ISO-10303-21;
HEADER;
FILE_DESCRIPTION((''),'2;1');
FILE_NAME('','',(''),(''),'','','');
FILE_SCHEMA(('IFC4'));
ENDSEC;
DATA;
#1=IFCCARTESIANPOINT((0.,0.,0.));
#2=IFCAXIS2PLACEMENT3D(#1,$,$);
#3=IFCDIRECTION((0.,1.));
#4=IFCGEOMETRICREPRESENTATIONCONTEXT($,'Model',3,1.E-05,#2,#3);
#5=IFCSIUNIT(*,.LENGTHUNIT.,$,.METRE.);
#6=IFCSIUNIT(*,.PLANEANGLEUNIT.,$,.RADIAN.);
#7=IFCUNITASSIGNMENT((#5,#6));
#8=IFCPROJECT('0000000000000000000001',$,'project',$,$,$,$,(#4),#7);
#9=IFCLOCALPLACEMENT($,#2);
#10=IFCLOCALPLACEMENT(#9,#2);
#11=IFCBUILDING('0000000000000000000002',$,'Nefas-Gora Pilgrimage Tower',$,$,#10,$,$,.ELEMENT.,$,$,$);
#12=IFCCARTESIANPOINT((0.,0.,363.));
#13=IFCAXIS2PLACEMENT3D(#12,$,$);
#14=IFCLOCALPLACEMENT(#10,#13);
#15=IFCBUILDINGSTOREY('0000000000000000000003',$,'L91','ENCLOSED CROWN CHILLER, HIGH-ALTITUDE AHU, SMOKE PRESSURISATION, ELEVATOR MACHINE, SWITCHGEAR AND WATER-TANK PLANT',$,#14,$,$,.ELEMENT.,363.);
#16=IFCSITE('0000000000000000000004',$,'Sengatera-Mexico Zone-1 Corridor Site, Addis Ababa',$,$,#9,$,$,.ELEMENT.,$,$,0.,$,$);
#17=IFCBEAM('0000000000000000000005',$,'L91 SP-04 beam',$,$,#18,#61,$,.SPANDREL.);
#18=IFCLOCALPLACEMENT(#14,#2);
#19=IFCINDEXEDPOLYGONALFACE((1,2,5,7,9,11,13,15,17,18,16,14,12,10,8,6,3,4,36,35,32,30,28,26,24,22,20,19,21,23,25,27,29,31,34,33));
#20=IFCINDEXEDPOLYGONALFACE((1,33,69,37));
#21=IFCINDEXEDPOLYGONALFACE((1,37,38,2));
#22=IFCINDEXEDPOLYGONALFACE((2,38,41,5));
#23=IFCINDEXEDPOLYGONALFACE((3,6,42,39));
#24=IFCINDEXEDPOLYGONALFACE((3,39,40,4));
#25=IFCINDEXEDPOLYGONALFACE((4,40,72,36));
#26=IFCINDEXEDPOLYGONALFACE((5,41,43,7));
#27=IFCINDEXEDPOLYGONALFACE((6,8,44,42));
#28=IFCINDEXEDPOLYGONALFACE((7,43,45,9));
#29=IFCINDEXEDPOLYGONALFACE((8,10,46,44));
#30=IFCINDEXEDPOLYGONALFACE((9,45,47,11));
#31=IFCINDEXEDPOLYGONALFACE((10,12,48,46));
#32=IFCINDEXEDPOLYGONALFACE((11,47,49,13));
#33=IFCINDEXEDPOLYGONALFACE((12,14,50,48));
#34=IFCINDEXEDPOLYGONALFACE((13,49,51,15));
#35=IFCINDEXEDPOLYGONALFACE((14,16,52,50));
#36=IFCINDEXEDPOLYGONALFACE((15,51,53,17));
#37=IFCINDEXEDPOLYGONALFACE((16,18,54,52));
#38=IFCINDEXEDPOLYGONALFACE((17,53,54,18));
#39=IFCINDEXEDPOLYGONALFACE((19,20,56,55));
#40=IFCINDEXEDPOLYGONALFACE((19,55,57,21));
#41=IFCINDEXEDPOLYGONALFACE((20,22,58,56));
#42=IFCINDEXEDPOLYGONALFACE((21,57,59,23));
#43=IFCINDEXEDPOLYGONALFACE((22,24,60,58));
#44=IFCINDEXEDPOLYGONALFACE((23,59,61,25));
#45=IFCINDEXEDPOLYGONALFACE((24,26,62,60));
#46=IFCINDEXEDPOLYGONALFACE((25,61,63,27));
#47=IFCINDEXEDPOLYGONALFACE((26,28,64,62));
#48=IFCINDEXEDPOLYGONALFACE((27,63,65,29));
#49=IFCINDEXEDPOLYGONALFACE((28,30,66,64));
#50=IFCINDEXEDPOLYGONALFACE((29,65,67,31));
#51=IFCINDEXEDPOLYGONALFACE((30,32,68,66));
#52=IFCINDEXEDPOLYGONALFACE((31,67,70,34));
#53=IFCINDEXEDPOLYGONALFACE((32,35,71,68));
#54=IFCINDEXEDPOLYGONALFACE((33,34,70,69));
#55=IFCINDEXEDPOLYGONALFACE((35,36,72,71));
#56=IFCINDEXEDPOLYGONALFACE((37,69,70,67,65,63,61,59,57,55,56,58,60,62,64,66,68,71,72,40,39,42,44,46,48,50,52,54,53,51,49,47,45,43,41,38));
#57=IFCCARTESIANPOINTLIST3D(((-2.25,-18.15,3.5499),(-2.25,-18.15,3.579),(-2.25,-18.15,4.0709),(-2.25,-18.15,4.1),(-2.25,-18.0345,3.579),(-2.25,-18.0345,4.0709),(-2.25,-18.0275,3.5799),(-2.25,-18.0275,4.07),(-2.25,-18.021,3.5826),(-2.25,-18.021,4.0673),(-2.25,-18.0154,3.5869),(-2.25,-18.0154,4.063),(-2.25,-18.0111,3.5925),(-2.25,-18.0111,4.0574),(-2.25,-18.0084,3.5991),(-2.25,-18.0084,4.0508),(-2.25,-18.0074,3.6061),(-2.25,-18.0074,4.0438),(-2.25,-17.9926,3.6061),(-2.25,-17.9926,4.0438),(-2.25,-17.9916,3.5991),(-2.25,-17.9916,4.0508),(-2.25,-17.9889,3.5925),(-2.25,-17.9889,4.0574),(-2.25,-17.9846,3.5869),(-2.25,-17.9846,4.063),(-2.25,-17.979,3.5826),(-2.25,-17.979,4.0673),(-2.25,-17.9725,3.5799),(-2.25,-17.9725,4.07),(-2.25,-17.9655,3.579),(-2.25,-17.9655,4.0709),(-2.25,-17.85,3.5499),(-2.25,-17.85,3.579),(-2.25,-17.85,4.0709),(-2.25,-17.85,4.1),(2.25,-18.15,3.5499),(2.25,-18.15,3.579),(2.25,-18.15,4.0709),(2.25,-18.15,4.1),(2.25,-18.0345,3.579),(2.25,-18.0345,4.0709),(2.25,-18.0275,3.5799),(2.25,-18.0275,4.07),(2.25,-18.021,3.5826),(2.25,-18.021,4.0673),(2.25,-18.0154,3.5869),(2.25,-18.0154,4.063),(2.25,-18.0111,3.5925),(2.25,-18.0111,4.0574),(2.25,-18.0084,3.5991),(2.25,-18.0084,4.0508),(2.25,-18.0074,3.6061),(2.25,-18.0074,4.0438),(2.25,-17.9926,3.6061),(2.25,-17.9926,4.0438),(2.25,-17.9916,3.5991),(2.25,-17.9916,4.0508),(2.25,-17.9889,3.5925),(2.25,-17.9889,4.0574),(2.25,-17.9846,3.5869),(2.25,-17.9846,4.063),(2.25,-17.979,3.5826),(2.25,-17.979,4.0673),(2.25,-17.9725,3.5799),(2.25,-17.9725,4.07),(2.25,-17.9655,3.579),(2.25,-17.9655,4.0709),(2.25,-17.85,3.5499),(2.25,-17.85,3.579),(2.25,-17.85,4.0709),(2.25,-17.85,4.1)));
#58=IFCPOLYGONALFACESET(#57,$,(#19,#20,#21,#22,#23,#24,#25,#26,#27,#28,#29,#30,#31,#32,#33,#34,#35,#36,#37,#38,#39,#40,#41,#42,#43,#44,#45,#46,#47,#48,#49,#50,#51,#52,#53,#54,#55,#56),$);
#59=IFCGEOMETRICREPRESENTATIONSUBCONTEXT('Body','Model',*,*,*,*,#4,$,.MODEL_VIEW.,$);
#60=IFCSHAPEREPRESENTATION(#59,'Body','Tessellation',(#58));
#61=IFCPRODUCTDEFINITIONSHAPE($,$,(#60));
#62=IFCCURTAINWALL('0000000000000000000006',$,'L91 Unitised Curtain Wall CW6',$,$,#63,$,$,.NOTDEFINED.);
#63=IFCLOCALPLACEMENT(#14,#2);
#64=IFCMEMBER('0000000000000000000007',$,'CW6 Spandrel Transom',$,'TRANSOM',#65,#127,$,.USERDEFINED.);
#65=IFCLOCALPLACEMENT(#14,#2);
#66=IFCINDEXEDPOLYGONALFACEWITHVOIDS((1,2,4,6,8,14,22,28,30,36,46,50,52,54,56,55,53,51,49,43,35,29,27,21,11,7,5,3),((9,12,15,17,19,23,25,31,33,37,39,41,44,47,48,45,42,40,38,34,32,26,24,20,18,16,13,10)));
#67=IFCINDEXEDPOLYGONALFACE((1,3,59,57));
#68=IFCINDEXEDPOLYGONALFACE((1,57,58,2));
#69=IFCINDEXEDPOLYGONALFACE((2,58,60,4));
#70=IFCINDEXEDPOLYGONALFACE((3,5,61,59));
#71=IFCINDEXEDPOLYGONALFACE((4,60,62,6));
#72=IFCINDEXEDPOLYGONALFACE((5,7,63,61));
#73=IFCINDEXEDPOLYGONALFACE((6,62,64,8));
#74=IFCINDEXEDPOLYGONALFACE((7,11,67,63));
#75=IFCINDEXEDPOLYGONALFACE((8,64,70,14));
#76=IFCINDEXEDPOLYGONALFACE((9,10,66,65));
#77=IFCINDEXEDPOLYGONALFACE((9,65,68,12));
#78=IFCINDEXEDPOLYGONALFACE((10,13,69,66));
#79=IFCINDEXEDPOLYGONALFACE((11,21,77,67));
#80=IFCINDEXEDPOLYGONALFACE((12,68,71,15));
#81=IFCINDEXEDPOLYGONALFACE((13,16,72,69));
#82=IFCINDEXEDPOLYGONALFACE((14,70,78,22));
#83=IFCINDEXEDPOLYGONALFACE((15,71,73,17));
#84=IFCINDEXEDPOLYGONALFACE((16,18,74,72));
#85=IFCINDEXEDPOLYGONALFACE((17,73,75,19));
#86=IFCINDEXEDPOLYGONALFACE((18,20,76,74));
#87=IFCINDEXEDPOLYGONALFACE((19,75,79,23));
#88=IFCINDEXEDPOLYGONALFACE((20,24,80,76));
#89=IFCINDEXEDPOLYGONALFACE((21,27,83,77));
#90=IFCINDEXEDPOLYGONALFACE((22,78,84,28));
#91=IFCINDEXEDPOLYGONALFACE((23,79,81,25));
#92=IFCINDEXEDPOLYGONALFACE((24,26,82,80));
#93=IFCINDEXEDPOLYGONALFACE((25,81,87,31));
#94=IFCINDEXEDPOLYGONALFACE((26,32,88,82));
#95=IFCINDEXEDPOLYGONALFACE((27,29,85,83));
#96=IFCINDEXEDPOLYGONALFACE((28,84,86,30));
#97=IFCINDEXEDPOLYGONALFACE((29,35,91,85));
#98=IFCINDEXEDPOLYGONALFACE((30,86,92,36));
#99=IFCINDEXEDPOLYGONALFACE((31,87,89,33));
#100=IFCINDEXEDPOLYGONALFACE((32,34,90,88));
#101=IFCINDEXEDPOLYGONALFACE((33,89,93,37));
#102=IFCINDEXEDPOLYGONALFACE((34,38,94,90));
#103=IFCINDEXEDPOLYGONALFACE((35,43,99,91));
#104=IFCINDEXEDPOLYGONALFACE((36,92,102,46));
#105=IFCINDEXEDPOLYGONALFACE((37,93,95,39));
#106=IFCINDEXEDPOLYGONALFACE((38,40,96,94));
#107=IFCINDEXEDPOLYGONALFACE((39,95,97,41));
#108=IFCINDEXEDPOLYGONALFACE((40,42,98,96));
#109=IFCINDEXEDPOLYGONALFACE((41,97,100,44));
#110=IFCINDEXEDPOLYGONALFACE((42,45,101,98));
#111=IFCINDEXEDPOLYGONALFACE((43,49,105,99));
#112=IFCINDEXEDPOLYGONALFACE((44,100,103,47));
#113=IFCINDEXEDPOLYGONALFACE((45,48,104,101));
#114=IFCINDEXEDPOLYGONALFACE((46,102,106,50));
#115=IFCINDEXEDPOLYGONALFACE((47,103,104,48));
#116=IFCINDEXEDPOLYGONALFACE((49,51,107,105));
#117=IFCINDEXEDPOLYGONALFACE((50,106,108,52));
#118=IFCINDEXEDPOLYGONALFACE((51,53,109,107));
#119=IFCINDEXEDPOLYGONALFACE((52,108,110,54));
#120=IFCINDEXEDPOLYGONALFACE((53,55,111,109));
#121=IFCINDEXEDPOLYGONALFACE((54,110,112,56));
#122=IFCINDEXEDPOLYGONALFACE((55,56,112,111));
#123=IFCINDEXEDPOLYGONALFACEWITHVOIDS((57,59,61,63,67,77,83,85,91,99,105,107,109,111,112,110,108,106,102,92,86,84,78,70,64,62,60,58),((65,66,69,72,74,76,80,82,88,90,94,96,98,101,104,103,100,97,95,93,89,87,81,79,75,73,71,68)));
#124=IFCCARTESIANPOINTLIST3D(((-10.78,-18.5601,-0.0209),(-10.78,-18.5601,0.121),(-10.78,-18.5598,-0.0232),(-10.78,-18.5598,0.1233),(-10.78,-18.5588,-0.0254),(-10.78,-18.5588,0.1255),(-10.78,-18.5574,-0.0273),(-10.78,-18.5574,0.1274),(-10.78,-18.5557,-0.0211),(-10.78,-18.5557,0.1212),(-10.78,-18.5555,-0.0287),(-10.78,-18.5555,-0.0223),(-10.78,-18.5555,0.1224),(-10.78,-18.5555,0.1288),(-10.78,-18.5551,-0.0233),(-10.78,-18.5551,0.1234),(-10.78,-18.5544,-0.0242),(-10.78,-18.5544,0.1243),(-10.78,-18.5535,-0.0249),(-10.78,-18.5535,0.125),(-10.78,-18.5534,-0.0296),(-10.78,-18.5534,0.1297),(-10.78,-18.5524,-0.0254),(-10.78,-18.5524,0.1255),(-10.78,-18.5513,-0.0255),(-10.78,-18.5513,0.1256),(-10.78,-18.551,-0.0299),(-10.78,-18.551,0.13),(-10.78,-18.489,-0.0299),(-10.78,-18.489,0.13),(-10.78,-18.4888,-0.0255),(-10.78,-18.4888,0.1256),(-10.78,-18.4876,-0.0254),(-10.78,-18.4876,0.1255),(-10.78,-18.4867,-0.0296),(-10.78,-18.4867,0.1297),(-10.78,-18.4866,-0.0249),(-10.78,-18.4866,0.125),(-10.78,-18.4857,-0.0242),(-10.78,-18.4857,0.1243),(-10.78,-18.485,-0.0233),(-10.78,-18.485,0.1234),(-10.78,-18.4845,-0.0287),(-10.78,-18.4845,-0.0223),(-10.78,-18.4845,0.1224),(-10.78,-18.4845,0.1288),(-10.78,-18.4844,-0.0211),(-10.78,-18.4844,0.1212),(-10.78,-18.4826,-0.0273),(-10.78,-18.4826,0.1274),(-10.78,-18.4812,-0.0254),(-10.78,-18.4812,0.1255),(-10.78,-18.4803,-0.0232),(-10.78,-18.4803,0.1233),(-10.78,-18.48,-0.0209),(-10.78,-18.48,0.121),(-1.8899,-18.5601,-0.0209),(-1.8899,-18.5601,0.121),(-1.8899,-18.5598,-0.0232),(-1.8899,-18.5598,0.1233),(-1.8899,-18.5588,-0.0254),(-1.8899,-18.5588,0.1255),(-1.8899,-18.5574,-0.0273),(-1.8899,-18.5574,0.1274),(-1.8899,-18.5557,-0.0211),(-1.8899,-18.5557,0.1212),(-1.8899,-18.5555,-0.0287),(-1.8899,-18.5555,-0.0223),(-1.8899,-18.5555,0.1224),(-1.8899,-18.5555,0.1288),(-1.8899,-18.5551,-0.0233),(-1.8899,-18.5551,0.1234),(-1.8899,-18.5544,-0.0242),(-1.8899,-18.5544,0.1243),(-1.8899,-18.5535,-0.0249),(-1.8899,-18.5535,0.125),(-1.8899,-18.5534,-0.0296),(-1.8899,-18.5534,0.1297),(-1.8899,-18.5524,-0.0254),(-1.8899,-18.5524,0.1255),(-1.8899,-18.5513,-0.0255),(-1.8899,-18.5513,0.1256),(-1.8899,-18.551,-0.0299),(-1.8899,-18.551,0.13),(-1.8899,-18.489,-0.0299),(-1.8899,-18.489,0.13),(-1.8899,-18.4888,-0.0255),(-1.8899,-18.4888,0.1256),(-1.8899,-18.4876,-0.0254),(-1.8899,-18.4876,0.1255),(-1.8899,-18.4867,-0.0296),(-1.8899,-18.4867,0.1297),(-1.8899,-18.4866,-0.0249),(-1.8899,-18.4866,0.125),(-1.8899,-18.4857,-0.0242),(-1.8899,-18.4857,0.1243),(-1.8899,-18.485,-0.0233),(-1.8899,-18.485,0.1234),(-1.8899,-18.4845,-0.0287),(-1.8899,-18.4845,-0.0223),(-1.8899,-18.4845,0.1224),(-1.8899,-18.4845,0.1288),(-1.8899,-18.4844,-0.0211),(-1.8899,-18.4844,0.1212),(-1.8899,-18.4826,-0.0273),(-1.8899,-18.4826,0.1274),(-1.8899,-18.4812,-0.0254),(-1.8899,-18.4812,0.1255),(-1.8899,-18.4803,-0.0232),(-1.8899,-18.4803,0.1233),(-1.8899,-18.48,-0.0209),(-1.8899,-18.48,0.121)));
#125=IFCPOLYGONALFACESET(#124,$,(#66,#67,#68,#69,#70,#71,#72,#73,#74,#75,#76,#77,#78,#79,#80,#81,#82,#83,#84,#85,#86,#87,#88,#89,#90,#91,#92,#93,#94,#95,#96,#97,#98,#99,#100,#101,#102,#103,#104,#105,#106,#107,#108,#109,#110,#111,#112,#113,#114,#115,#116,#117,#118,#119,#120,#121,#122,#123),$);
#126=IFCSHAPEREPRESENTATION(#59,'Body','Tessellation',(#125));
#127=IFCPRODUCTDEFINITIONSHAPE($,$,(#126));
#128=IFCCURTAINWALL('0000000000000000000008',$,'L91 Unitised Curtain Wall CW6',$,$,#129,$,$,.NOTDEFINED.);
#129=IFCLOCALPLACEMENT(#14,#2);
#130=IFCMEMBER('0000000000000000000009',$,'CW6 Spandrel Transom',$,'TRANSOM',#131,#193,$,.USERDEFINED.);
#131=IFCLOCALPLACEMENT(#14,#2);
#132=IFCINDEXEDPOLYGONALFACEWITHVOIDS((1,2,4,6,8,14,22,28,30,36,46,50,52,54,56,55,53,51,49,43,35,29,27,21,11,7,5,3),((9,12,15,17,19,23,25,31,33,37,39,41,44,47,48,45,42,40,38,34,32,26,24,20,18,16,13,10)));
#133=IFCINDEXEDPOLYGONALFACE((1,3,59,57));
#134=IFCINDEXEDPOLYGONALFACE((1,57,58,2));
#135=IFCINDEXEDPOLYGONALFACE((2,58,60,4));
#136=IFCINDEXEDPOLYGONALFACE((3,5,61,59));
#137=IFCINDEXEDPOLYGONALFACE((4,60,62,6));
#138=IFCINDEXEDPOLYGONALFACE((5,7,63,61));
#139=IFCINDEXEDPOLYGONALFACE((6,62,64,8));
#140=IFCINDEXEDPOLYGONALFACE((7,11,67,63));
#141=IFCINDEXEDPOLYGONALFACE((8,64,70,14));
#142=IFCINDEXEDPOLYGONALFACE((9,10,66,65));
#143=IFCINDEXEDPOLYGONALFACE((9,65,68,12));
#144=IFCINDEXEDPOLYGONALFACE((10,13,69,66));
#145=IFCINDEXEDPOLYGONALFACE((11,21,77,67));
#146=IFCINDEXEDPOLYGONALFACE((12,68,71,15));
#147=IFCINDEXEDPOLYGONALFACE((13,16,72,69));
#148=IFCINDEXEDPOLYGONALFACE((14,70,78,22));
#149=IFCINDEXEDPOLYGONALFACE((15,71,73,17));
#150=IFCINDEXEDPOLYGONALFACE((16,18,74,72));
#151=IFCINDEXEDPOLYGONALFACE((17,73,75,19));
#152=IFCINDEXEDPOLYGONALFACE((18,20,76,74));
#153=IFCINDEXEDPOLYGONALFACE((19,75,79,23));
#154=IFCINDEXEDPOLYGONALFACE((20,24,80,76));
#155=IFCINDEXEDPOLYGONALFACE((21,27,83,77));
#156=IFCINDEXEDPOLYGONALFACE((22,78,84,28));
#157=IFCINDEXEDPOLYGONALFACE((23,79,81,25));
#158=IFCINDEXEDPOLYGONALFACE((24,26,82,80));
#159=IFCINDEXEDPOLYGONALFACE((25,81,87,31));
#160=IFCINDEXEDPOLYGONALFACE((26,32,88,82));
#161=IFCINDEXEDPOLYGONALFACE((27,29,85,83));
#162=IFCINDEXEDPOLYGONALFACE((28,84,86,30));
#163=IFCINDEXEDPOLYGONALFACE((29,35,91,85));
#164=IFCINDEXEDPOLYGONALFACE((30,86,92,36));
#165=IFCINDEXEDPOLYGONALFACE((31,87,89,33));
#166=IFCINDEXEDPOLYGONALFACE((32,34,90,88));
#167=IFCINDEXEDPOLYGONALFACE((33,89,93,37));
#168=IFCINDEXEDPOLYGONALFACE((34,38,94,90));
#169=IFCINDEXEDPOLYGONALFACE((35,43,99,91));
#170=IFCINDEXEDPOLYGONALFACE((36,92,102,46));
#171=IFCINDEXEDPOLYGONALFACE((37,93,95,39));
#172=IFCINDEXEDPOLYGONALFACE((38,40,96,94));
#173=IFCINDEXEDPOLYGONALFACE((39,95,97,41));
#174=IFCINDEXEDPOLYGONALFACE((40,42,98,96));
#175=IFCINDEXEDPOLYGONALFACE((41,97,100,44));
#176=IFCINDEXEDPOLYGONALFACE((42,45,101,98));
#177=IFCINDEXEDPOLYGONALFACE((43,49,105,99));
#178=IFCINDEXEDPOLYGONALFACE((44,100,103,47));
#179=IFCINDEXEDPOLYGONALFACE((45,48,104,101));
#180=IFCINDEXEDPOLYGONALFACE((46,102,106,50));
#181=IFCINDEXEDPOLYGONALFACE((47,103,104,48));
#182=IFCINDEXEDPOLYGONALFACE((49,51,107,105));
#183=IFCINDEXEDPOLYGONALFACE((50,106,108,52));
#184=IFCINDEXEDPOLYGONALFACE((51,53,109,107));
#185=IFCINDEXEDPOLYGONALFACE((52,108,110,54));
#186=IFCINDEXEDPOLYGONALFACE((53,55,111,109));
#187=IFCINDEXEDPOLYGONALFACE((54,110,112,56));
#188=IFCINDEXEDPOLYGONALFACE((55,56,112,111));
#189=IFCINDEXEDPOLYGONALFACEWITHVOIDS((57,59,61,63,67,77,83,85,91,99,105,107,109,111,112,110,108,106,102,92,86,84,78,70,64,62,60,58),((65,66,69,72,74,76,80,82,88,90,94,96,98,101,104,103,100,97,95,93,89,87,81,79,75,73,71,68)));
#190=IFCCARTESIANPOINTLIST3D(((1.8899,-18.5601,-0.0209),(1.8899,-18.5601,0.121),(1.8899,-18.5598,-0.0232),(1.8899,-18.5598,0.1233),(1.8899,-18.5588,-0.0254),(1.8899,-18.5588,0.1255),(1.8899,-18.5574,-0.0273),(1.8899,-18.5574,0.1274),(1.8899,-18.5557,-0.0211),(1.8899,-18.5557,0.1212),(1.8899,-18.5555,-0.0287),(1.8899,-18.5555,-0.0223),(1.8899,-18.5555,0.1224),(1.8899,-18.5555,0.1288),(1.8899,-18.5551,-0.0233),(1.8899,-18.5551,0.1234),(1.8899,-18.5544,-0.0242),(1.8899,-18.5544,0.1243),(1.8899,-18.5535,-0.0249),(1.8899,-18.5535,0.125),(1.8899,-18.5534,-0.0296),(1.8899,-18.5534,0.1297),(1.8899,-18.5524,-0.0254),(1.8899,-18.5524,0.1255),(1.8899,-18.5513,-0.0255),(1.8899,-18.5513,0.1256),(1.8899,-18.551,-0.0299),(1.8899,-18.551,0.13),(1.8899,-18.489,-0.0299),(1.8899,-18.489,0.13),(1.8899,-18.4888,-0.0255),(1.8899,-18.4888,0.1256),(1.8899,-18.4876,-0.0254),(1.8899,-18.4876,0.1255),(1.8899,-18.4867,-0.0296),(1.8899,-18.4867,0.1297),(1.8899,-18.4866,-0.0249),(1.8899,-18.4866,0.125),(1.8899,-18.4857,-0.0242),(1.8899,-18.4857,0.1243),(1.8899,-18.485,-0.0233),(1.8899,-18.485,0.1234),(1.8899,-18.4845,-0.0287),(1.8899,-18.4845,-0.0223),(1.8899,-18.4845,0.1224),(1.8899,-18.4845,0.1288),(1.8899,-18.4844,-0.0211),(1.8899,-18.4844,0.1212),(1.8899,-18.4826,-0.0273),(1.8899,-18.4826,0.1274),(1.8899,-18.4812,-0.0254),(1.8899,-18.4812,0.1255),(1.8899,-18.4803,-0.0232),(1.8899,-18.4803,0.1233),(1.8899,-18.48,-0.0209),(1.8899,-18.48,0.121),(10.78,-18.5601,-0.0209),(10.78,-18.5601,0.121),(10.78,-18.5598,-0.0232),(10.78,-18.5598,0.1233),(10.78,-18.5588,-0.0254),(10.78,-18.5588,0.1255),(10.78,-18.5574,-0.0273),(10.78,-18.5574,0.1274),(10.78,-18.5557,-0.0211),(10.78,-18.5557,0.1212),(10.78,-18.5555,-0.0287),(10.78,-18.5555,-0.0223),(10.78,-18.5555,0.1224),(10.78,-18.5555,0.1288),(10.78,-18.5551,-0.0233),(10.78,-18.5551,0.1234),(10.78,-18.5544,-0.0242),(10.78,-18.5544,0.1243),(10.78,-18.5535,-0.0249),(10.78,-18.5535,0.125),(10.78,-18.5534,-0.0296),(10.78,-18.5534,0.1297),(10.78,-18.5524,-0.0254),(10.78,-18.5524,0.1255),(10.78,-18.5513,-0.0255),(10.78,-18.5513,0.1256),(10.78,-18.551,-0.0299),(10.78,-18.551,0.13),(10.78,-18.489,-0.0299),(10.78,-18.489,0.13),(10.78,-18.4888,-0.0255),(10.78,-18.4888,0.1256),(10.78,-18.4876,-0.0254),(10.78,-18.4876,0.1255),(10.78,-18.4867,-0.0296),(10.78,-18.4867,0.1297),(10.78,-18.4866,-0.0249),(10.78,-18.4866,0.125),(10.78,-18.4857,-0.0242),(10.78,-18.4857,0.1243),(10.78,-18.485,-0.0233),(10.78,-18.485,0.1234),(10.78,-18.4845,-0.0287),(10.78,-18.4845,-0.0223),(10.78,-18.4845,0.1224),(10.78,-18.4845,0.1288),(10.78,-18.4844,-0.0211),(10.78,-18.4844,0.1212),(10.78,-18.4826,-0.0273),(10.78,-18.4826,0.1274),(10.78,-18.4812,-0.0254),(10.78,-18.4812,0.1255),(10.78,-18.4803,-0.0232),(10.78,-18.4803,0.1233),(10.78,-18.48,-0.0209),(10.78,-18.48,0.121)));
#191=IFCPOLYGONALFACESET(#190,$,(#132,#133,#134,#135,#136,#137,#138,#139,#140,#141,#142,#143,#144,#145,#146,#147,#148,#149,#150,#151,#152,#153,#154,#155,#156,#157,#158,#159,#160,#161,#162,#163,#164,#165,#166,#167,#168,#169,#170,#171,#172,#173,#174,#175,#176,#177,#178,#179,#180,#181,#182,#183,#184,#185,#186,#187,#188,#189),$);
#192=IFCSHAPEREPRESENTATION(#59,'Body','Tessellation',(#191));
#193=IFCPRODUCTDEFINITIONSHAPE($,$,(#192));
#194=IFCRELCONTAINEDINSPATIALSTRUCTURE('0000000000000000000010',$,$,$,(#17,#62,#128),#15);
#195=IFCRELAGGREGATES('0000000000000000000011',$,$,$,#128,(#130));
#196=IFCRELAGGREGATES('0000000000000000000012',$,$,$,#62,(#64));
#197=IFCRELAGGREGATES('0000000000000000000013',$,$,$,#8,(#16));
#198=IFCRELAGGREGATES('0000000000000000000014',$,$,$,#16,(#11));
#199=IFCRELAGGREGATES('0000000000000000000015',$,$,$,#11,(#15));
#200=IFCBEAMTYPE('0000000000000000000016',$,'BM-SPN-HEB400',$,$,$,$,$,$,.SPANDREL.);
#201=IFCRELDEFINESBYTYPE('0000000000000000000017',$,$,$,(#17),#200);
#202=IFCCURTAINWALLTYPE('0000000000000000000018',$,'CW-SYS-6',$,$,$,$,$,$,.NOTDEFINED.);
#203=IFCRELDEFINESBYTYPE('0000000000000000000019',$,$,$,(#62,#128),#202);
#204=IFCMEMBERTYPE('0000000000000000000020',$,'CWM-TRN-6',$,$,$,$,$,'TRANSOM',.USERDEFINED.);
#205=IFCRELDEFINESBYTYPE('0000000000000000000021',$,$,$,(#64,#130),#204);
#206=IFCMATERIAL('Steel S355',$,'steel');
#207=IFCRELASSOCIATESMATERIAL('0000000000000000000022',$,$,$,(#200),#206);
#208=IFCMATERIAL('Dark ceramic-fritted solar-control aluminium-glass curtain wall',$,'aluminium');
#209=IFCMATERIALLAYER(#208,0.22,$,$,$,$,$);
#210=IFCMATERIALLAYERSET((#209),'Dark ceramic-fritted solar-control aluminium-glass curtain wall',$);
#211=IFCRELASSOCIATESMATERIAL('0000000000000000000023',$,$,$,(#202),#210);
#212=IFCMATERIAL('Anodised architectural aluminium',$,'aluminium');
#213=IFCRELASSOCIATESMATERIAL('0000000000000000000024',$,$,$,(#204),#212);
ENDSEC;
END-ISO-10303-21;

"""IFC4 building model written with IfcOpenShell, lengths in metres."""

from ifc_helpers import new_model, si_unit, direction, frame, origin, origin_2d, place, context, subcontext, project, spatial, hollow_rectangle, i_section, extrude, source, transform, mapped, material, layer, layer_set, material_profile, profile_set, type_object, element, aggregate, save


model = new_model("IFC4")

# Units and contexts
model_context = context("Model", 3, precision=1e-05, world=origin(), true_north=direction((0.0, 1.0)))
body_context = subcontext(model_context, "Body", "Model", "MODEL_VIEW")
ifc_project = project(units=[si_unit("LENGTHUNIT", "METRE"), si_unit("PLANEANGLEUNIT", "RADIAN")], contexts=[model_context])

# Site, building, storey
site_placement = place(None, origin())
site = spatial("IfcSite", under=ifc_project, at=site_placement, Name="Sengatera-Mexico Zone-1 Corridor Site, Addis Ababa", CompositionType="ELEMENT", RefElevation=0.0)
building_placement = place(site_placement, origin())
building = spatial("IfcBuilding", under=site, at=building_placement, Name="Nefas-Gora Pilgrimage Tower", CompositionType="ELEMENT")
storey_placement = place(building_placement, frame((0.0, 0.0, 363.0)))
storey = spatial("IfcBuildingStorey", under=building, at=storey_placement, Name="L91", Description="ENCLOSED CROWN CHILLER, HIGH-ALTITUDE AHU, SMOKE PRESSURISATION, ELEVATOR MACHINE, SWITCHGEAR AND WATER-TANK PLANT", CompositionType="ELEMENT", Elevation=363.0)

# Shared definitions
ifc_material_1 = material(Name="Steel S355", Category="steel")

# Beam
ifc_material_profile_1 = material_profile(ifc_material_1, i_section(OverallWidth=0.3, OverallDepth=0.55, WebThickness=0.0149, FlangeThickness=0.0291, FilletRadius=0.0271, at=origin_2d()), Name="HEB 550")
ifc_profile_set_1 = profile_set([ifc_material_profile_1], Name="Steel S355")
beam_type = type_object("IfcBeamType", Name="BM-SPN-HEB400", PredefinedType="SPANDREL", material=ifc_profile_set_1)
shared_shape_1 = source(origin(), body_context, "Body", "SweptSolid", [
    extrude(i_section(OverallWidth=0.3, OverallDepth=0.55, WebThickness=0.0149, FlangeThickness=0.0291, FilletRadius=0.0271, at=origin_2d()), origin(), (0.0, 0.0, 1.0), 4.5),
])
for number, where, z_axis, x_axis, name in (
    (1, (-2.25, -18.0, 3.825), (1.0, 0.0, 0.0), (0.0, 1.0, 0.0), "L91 SP-04 beam"),
):
    element("IfcBeam", number, at=place(storey_placement, frame(where, z_axis=z_axis, x_axis=x_axis)), inside=storey, type_object=beam_type, Name=name, PredefinedType="SPANDREL", context=body_context, shape_type="MappedRepresentation", body=[
        mapped(shared_shape_1, transform((0.0, 0.0, 0.0), x_axis=(1.0, 0.0, 0.0), y_axis=(0.0, 1.0, 0.0), z_axis=(0.0, 0.0, 1.0), scale=1.0)),
    ])

# Curtain walls, members
ifc_material_2 = material(Name="Dark ceramic-fritted solar-control aluminium-glass curtain wall", Category="aluminium")
ifc_layer_1 = layer(ifc_material_2, 0.22)
ifc_layer_set_1 = layer_set([ifc_layer_1], Name="Dark ceramic-fritted solar-control aluminium-glass curtain wall")
curtain_wall_type = type_object("IfcCurtainWallType", Name="CW-SYS-6", PredefinedType="NOTDEFINED", material=ifc_layer_set_1)
curtain_wall_1_placement = place(storey_placement, origin())
curtain_wall_1 = element("IfcCurtainWall", 2, at=curtain_wall_1_placement, inside=storey, type_object=curtain_wall_type, Name="L91 Unitised Curtain Wall CW6", PredefinedType="NOTDEFINED")
ifc_material_3 = material(Name="Anodised architectural aluminium", Category="aluminium")
ifc_material_profile_2 = material_profile(ifc_material_3, hollow_rectangle(XDim=0.0801, YDim=0.1599, WallThickness=0.0044, InnerFilletRadius=0.0044, OuterFilletRadius=0.009, at=origin_2d()), Name="ALU TRANSOM 80x160")
ifc_profile_set_2 = profile_set([ifc_material_profile_2], Name="Anodised architectural aluminium")
member_type_1 = type_object("IfcMemberType", Name="CWM-TRN-6", ElementType="TRANSOM", PredefinedType="USERDEFINED", material=ifc_profile_set_2)
shared_shape_2 = source(origin(), body_context, "Body", "SweptSolid", [
    extrude(hollow_rectangle(XDim=0.0801, YDim=0.1599, WallThickness=0.0044, InnerFilletRadius=0.0044, OuterFilletRadius=0.009, at=origin_2d()), origin(), (0.0, 0.0, 1.0), 8.8901),
])
member_1_placement = place(storey_placement, frame((-10.78, -18.52, 0.05), z_axis=(1.0, 0.0, 0.0), x_axis=(0.0, 1.0, 0.0)))
member_1 = element("IfcMember", 3, at=member_1_placement, type_object=member_type_1, Name="CW6 Spandrel Transom", ObjectType="TRANSOM", PredefinedType="USERDEFINED", context=body_context, shape_type="MappedRepresentation", body=[
    mapped(shared_shape_2, transform((0.0, 0.0, 0.0), x_axis=(1.0, 0.0, 0.0), y_axis=(0.0, 1.0, 0.0), z_axis=(0.0, 0.0, 1.0), scale=1.0)),
])
curtain_wall_2_placement = place(storey_placement, origin())
curtain_wall_2 = element("IfcCurtainWall", 4, at=curtain_wall_2_placement, inside=storey, type_object=curtain_wall_type, Name="L91 Unitised Curtain Wall CW6", PredefinedType="NOTDEFINED")
member_2_placement = place(storey_placement, frame((1.8899, -18.52, 0.05), z_axis=(1.0, 0.0, 0.0), x_axis=(0.0, 1.0, 0.0)))
member_2 = element("IfcMember", 5, at=member_2_placement, type_object=member_type_1, Name="CW6 Spandrel Transom", ObjectType="TRANSOM", PredefinedType="USERDEFINED", context=body_context, shape_type="MappedRepresentation", body=[
    mapped(shared_shape_2, transform((0.0, 0.0, 0.0), x_axis=(1.0, 0.0, 0.0), y_axis=(0.0, 1.0, 0.0), z_axis=(0.0, 0.0, 1.0), scale=1.0)),
])

aggregate(curtain_wall_2, [member_2])

aggregate(curtain_wall_1, [member_1])

save(model, "model.ifc")
